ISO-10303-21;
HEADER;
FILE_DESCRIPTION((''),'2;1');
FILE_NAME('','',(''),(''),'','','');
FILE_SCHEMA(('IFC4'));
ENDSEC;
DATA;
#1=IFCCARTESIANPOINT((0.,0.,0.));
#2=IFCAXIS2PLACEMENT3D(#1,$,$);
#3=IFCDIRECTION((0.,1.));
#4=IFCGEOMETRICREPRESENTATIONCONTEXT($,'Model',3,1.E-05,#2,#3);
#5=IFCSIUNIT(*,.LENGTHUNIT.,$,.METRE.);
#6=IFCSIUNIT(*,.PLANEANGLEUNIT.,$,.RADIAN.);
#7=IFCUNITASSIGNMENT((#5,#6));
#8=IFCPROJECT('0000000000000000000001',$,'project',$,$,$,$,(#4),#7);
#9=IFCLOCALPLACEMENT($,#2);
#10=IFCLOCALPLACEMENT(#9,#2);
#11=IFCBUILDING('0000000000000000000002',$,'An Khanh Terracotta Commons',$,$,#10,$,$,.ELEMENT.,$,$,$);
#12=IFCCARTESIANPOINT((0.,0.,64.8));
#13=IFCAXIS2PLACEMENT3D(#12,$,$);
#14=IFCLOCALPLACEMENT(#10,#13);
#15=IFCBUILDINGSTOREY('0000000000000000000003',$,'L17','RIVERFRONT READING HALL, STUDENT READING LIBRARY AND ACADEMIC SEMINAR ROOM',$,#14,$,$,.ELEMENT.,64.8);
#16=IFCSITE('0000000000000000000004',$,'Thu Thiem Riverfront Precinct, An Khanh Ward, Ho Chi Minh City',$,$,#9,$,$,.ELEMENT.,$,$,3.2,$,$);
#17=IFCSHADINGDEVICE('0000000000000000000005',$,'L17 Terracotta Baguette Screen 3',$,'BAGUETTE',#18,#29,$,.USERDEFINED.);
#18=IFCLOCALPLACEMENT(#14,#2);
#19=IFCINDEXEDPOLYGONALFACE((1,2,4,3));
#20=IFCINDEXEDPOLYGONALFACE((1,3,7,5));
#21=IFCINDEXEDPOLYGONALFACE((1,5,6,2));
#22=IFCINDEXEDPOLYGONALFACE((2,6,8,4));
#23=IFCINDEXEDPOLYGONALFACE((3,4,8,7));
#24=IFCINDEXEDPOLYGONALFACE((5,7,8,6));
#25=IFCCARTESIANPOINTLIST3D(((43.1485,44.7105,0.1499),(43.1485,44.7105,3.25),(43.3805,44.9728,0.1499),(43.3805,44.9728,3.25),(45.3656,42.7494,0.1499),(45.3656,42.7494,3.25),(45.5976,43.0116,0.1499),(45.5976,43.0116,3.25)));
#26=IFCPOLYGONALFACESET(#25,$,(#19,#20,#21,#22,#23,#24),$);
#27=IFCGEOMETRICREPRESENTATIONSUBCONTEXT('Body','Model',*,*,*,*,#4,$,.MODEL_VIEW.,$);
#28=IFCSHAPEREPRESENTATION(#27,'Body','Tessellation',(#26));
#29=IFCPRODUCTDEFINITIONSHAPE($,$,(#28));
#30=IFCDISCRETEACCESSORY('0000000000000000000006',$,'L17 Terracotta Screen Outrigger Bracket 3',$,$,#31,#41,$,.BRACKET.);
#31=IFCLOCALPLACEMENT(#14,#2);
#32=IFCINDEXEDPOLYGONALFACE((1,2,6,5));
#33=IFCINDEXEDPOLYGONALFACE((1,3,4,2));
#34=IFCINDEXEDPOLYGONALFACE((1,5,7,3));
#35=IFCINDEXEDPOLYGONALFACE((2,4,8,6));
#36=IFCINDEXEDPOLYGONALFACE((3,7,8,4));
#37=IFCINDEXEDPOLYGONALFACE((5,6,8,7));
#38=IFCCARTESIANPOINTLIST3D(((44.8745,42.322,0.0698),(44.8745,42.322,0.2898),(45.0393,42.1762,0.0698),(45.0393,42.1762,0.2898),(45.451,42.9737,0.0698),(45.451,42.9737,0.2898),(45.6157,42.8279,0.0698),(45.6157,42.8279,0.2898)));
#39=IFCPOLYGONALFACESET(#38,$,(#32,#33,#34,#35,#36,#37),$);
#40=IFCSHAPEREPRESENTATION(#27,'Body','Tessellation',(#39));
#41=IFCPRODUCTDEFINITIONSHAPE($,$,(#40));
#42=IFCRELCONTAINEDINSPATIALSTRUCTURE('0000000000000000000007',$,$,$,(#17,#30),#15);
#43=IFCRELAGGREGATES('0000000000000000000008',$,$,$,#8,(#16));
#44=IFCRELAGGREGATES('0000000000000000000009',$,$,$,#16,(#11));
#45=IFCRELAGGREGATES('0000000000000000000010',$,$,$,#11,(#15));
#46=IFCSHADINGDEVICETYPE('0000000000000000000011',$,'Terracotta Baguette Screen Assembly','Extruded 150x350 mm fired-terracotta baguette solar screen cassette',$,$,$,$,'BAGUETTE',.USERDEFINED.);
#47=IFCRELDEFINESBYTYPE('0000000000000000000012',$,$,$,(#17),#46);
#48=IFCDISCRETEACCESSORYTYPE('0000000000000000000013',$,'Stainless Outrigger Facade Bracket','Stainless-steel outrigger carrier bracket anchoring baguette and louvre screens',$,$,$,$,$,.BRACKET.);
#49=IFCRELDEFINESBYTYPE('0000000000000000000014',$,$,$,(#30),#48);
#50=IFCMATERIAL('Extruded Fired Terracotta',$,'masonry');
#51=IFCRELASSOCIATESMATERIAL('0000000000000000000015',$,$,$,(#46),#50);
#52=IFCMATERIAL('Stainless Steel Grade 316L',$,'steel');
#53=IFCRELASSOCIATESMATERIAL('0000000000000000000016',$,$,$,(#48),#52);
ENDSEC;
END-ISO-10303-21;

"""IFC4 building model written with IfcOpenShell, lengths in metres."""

from ifc_helpers import new_model, si_unit, direction, frame, origin, origin_2d, place, context, subcontext, project, spatial, rectangle, extrude, material, type_object, element, save


model = new_model("IFC4")

# Units and contexts
model_context = context("Model", 3, precision=1e-05, world=origin(), true_north=direction((0.0, 1.0)))
body_context = subcontext(model_context, "Body", "Model", "MODEL_VIEW")
ifc_project = project(units=[si_unit("LENGTHUNIT", "METRE"), si_unit("PLANEANGLEUNIT", "RADIAN")], contexts=[model_context])

# Site, building, storey
site_placement = place(None, origin())
site = spatial("IfcSite", under=ifc_project, at=site_placement, Name="Thu Thiem Riverfront Precinct, An Khanh Ward, Ho Chi Minh City", CompositionType="ELEMENT", RefElevation=3.2)
building_placement = place(site_placement, origin())
building = spatial("IfcBuilding", under=site, at=building_placement, Name="An Khanh Terracotta Commons", CompositionType="ELEMENT")
storey_placement = place(building_placement, frame((0.0, 0.0, 64.8)))
storey = spatial("IfcBuildingStorey", under=building, at=storey_placement, Name="L17", Description="RIVERFRONT READING HALL, STUDENT READING LIBRARY AND ACADEMIC SEMINAR ROOM", CompositionType="ELEMENT", Elevation=64.8)

# Shading device
ifc_material_1 = material(Name="Extruded Fired Terracotta", Category="masonry")
shading_device_type = type_object("IfcShadingDeviceType", Name="Terracotta Baguette Screen Assembly", Description="Extruded 150x350 mm fired-terracotta baguette solar screen cassette", ElementType="BAGUETTE", PredefinedType="USERDEFINED", material=ifc_material_1)
shading_device_placement = place(storey_placement, frame((44.373, 43.8611, 0.1499), z_axis=(0.0, 0.0, 1.0), x_axis=(-0.749019, 0.662548, 0.0)))
element("IfcShadingDevice", 1, at=shading_device_placement, inside=storey, type_object=shading_device_type, Name="L17 Terracotta Baguette Screen 3", ObjectType="BAGUETTE", PredefinedType="USERDEFINED", context=body_context, shape_type="SweptSolid", body=[
    extrude(rectangle(XDim=2.96, YDim=0.3501, at=origin_2d()), origin(), (0.0, 0.0, 1.0), 3.1001),
])

# Discrete accessory
ifc_material_2 = material(Name="Stainless Steel Grade 316L", Category="steel")
discrete_accessory_type = type_object("IfcDiscreteAccessoryType", Name="Stainless Outrigger Facade Bracket", Description="Stainless-steel outrigger carrier bracket anchoring baguette and louvre screens", PredefinedType="BRACKET", material=ifc_material_2)
discrete_accessory_placement = place(storey_placement, frame((45.2451, 42.575, 0.0698), z_axis=(0.0, 0.0, 1.0), x_axis=(-0.749019, 0.662548, 0.0)))
element("IfcDiscreteAccessory", 2, at=discrete_accessory_placement, inside=storey, type_object=discrete_accessory_type, Name="L17 Terracotta Screen Outrigger Bracket 3", PredefinedType="BRACKET", context=body_context, shape_type="SweptSolid", body=[
    extrude(rectangle(XDim=0.22, YDim=0.8701, at=origin_2d()), origin(), (0.0, 0.0, 1.0), 0.22),
])

save(model, "model.ifc")
